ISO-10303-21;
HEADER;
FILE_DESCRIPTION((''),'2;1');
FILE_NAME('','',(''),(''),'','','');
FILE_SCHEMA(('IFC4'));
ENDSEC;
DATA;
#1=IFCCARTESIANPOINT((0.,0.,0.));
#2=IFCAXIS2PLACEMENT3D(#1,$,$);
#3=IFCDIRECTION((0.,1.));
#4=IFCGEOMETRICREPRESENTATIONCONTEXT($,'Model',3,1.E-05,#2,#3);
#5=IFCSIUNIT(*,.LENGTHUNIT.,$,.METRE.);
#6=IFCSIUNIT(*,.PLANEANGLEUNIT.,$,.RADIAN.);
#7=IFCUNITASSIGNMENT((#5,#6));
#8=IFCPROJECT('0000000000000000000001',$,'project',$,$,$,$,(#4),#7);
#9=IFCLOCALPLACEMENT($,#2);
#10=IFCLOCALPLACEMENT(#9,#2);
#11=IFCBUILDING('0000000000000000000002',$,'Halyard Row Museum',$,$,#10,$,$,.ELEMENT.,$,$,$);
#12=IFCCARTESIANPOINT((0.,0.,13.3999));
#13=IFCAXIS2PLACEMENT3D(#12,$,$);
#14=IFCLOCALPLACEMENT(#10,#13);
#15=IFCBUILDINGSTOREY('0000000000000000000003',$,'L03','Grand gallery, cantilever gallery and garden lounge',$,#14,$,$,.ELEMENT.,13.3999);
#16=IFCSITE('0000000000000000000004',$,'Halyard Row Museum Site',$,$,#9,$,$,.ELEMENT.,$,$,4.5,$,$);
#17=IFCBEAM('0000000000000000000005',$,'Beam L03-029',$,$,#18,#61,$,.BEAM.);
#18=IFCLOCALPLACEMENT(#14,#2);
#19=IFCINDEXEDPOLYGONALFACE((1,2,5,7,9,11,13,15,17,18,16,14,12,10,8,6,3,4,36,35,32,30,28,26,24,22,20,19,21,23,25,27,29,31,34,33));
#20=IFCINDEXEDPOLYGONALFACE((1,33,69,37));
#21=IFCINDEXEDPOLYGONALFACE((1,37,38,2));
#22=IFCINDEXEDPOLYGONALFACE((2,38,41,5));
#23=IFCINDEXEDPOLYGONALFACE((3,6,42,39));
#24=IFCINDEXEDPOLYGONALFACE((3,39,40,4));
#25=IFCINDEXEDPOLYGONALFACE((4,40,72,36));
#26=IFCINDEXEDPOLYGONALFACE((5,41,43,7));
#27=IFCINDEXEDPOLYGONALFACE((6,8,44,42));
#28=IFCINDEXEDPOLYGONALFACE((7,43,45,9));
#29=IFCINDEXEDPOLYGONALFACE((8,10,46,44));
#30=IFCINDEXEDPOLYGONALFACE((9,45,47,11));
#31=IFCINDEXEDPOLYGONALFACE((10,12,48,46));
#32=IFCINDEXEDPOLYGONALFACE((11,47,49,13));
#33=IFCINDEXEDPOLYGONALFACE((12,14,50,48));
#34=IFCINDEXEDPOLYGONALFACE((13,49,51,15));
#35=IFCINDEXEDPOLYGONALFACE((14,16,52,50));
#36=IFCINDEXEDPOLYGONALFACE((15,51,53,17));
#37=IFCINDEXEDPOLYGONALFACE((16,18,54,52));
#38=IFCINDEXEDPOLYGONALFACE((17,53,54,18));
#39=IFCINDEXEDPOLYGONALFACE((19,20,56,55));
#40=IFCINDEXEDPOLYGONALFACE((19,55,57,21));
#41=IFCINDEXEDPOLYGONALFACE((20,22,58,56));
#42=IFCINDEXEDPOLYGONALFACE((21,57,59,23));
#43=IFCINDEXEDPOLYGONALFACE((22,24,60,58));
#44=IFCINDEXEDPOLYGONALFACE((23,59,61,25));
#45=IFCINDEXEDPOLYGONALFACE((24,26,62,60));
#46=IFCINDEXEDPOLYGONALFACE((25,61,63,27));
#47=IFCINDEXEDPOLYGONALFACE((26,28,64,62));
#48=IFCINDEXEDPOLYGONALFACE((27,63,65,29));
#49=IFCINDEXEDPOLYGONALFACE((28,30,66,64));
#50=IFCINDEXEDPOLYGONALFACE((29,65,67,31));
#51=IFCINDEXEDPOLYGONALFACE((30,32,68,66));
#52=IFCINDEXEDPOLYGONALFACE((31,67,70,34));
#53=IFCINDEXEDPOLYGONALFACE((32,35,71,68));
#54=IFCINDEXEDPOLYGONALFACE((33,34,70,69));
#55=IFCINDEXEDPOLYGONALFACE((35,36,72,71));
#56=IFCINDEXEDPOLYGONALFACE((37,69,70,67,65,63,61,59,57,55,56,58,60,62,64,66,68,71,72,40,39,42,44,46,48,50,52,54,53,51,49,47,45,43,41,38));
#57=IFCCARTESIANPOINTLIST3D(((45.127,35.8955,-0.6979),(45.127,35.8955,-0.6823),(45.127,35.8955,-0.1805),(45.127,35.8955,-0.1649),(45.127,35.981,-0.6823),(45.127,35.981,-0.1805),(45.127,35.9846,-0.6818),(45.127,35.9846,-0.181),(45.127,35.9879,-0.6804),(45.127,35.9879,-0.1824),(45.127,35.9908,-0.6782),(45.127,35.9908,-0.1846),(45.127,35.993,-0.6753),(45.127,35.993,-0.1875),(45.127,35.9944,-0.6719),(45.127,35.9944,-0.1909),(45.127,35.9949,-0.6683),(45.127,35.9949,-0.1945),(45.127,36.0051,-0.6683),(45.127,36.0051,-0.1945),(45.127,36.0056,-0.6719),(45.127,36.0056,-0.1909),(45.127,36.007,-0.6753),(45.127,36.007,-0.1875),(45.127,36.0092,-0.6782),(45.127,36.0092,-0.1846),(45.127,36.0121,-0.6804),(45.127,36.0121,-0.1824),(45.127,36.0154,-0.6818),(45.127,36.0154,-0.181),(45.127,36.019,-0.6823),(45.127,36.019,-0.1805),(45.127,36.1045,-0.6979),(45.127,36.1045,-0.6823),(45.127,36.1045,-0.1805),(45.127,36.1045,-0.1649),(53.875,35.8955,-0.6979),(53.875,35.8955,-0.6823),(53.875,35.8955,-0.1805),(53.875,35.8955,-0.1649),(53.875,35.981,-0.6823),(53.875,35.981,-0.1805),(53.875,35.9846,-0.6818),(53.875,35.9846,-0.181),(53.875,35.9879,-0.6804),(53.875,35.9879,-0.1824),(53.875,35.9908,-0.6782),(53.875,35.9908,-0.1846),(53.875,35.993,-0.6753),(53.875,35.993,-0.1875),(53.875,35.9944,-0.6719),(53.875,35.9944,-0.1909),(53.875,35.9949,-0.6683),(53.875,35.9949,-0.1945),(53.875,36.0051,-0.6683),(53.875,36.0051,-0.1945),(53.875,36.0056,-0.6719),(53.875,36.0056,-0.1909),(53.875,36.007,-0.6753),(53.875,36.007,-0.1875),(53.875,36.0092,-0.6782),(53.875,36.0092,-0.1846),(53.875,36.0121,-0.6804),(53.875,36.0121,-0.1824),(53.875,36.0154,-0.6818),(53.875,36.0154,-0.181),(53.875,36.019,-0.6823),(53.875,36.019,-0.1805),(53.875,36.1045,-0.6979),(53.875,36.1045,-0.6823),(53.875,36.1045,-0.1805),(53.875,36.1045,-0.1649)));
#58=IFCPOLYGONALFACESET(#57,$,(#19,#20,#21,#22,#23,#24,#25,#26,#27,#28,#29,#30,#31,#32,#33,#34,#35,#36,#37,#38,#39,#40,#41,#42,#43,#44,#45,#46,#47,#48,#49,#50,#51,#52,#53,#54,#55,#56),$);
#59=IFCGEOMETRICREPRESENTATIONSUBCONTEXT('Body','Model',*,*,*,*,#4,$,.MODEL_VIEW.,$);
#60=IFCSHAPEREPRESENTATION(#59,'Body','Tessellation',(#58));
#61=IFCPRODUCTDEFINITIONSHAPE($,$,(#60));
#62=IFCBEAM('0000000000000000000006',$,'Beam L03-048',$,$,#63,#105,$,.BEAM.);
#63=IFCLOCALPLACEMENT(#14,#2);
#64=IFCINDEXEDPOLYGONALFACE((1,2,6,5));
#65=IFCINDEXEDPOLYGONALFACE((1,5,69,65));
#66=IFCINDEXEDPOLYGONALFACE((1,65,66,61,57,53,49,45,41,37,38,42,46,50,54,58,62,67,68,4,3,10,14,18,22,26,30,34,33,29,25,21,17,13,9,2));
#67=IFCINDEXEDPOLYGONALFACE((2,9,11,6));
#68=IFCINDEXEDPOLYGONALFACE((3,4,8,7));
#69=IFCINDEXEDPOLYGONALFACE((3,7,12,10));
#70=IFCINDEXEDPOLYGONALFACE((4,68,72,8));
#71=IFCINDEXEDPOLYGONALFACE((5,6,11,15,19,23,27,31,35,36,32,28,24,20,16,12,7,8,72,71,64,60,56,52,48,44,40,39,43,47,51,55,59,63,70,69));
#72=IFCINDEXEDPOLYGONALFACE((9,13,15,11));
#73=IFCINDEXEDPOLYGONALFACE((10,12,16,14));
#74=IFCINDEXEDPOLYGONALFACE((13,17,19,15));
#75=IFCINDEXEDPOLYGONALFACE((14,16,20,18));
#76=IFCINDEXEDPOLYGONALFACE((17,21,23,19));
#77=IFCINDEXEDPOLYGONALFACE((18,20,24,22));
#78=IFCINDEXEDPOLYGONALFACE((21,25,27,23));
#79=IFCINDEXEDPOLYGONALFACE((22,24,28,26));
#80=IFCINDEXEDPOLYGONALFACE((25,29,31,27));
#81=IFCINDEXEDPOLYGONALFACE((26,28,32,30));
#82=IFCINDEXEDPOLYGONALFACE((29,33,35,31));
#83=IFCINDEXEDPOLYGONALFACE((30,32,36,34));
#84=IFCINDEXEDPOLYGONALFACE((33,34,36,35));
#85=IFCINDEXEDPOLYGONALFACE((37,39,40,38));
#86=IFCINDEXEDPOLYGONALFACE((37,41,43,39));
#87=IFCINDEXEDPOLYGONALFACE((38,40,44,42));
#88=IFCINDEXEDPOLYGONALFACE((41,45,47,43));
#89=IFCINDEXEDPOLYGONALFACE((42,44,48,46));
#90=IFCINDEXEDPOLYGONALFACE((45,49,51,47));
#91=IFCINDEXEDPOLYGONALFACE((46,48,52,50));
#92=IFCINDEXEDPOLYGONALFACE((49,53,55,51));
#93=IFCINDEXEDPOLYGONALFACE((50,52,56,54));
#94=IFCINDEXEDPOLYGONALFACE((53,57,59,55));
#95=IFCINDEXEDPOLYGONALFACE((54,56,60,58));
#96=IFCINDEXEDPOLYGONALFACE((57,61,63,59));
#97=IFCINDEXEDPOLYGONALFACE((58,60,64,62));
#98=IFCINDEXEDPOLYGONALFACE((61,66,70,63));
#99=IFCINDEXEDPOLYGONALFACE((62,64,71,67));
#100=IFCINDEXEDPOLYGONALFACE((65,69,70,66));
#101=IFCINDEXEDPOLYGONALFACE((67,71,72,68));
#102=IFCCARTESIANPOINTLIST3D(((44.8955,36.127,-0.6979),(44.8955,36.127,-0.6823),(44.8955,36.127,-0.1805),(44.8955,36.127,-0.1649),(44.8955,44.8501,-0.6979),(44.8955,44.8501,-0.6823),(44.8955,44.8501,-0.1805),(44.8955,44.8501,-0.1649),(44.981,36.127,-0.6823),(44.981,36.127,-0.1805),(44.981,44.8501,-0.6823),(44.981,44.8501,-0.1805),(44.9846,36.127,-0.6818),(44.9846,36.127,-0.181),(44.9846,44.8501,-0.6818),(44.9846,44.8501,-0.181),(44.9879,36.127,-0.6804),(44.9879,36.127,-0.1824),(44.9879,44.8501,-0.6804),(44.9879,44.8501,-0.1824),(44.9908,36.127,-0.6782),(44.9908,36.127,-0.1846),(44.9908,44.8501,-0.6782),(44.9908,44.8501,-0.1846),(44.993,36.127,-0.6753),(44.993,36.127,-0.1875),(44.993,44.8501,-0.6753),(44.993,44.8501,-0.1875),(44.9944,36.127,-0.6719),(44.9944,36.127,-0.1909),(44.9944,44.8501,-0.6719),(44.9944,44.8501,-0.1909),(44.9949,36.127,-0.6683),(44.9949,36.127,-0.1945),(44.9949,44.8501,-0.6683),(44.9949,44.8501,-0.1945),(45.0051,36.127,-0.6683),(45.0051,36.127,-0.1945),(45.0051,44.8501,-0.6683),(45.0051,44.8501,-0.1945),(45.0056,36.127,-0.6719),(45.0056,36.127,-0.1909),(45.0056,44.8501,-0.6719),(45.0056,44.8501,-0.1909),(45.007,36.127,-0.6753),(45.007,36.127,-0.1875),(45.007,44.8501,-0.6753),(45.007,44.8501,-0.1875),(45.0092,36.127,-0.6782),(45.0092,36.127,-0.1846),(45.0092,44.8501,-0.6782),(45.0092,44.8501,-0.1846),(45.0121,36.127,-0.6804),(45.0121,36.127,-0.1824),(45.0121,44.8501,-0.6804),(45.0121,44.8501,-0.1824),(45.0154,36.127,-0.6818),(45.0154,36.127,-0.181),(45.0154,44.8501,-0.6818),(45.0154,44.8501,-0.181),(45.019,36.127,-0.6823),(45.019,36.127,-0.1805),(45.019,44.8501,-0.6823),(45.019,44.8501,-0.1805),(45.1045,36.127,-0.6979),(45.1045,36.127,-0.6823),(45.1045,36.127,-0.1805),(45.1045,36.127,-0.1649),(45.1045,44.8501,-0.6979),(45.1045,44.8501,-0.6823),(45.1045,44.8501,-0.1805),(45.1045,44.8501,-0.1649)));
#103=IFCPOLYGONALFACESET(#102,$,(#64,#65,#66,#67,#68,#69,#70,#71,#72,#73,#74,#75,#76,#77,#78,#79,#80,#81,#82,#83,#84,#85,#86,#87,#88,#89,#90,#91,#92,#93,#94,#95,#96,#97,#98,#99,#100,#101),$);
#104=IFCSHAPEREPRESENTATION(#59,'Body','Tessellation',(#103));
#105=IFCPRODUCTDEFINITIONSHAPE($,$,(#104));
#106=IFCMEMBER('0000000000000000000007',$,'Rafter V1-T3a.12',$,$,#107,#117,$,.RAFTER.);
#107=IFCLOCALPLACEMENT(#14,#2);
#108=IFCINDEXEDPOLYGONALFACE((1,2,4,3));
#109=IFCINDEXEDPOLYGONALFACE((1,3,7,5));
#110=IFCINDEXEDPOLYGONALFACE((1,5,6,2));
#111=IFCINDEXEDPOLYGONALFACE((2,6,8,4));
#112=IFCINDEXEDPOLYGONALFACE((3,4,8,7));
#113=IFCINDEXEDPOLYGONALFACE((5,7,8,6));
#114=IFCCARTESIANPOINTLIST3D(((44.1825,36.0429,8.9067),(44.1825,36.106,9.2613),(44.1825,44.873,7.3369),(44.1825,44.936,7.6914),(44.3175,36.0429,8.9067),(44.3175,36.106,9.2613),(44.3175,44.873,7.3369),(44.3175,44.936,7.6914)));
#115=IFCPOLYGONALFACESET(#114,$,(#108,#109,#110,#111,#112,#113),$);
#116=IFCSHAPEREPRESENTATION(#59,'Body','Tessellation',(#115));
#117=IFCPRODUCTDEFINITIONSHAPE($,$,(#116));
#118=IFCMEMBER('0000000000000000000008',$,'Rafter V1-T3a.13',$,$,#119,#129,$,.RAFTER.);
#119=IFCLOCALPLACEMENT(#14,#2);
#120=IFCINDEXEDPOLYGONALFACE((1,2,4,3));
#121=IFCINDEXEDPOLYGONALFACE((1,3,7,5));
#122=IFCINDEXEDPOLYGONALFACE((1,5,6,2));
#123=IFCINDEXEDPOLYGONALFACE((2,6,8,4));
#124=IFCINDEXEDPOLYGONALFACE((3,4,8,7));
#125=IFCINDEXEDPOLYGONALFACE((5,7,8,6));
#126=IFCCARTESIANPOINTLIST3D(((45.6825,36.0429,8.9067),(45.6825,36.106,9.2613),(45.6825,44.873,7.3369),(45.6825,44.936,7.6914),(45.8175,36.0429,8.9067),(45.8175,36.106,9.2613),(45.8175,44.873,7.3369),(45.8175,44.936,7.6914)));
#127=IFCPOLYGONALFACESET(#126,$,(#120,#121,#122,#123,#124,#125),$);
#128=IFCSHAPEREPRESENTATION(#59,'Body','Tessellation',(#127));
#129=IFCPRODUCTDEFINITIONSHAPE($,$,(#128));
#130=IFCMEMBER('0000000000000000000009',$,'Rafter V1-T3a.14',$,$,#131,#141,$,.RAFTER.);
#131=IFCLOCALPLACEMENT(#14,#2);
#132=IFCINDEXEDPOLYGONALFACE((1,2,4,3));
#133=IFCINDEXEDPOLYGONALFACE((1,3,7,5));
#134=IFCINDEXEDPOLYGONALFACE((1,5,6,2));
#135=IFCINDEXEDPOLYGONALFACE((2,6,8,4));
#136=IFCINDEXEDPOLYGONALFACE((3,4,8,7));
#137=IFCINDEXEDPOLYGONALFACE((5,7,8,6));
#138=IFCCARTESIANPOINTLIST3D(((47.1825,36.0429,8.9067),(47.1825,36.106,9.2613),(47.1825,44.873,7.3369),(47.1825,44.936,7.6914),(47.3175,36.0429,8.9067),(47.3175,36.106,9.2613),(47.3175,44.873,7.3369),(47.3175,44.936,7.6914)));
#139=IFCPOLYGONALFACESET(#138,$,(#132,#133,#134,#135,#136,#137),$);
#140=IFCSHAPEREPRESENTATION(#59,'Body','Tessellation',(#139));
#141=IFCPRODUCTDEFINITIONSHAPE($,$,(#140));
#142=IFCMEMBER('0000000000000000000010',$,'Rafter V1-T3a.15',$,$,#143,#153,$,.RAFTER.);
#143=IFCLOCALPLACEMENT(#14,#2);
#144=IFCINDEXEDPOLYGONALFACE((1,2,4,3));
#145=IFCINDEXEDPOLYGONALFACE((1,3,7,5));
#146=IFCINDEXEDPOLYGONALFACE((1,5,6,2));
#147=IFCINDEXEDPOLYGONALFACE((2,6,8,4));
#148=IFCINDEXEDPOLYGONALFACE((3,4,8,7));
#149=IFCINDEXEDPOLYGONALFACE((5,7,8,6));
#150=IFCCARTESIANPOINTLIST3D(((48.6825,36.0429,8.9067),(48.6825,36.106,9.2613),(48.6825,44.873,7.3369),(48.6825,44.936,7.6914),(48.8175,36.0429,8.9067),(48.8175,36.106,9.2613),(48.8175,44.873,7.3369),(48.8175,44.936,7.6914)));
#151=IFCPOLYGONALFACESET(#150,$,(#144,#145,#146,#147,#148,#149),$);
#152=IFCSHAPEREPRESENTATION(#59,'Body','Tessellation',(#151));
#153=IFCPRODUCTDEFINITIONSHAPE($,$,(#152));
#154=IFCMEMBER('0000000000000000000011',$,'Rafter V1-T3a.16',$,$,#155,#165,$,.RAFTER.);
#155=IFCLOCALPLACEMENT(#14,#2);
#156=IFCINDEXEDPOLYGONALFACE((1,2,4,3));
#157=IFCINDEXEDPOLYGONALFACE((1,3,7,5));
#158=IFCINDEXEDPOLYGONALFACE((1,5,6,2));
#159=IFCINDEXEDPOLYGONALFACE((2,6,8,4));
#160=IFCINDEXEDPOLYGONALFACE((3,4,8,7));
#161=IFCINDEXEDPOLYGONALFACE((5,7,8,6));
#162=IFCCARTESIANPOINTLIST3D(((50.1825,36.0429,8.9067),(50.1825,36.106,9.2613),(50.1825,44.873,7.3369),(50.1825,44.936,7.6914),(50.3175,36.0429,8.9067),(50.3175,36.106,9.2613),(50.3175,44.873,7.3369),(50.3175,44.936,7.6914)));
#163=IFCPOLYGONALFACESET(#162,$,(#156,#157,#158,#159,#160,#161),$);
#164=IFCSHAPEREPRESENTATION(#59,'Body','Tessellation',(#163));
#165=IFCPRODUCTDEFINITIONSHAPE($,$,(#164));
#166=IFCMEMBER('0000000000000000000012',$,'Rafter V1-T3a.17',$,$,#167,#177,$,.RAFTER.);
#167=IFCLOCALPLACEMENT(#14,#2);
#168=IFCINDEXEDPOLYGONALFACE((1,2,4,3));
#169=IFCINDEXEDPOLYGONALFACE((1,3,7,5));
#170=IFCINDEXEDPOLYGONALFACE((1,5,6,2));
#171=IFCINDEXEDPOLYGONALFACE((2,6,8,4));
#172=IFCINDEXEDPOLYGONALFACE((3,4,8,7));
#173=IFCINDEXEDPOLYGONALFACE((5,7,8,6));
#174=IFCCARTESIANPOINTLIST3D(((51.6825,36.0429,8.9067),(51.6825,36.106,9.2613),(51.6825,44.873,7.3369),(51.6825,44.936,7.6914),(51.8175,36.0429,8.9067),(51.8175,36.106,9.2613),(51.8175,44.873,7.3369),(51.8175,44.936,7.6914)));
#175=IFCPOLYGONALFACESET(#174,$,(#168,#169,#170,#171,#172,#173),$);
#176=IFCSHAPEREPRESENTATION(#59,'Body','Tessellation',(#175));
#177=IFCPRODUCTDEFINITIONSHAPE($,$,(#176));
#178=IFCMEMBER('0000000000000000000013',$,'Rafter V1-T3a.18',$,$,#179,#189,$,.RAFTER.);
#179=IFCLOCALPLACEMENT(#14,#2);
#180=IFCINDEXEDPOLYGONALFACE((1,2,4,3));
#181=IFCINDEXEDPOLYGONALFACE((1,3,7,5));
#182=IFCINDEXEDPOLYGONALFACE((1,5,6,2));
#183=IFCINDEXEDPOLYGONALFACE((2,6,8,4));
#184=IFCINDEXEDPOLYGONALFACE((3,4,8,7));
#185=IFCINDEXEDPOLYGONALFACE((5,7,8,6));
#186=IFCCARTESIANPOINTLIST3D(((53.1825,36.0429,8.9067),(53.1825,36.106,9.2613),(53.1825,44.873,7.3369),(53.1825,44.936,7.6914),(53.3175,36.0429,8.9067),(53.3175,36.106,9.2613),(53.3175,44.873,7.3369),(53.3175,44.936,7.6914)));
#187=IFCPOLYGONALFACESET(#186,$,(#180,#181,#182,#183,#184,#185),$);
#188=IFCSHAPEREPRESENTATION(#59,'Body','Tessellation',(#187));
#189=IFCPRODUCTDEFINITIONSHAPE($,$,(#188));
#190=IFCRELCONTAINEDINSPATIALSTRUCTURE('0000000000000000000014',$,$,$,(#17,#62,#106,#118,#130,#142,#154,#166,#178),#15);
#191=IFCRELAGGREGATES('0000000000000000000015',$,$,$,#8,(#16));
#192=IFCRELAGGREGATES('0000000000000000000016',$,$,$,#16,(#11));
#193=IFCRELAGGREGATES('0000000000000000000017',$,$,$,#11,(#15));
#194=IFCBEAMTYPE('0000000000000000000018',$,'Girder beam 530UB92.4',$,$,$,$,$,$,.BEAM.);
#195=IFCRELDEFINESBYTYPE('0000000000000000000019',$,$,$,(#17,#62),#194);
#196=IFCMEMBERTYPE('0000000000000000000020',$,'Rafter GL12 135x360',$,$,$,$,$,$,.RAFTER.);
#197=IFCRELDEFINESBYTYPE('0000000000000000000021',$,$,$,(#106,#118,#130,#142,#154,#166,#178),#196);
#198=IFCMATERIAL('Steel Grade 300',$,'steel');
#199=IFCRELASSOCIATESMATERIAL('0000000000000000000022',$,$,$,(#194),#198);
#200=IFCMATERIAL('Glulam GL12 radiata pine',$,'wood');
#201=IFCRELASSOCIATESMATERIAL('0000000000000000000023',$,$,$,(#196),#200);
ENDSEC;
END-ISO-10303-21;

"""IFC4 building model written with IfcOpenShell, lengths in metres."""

from ifc_helpers import new_model, si_unit, direction, frame, origin, origin_2d, place, context, subcontext, project, spatial, rectangle, i_section, extrude, material, material_profile, profile_set, type_object, element, save


model = new_model("IFC4")

# Units and contexts
model_context = context("Model", 3, precision=1e-05, world=origin(), true_north=direction((0.0, 1.0)))
body_context = subcontext(model_context, "Body", "Model", "MODEL_VIEW")
ifc_project = project(units=[si_unit("LENGTHUNIT", "METRE"), si_unit("PLANEANGLEUNIT", "RADIAN")], contexts=[model_context])

# Site, building, storey
site_placement = place(None, origin())
site = spatial("IfcSite", under=ifc_project, at=site_placement, Name="Halyard Row Museum Site", CompositionType="ELEMENT", RefElevation=4.5)
building_placement = place(site_placement, origin())
building = spatial("IfcBuilding", under=site, at=building_placement, Name="Halyard Row Museum", CompositionType="ELEMENT")
storey_placement = place(building_placement, frame((0.0, 0.0, 13.3999)))
storey = spatial("IfcBuildingStorey", under=building, at=storey_placement, Name="L03", Description="Grand gallery, cantilever gallery and garden lounge", CompositionType="ELEMENT", Elevation=13.3999)

# Beams
ifc_material_1 = material(Name="Steel Grade 300", Category="steel")
ifc_material_profile_1 = material_profile(ifc_material_1, i_section(OverallWidth=0.209, OverallDepth=0.533, WebThickness=0.0103, FlangeThickness=0.0156, FilletRadius=0.0139, at=origin_2d()), Name="530UB92.4")
ifc_profile_set_1 = profile_set([ifc_material_profile_1], Name="Steel Grade 300")
beam_type_1 = type_object("IfcBeamType", Name="Girder beam 530UB92.4", PredefinedType="BEAM", material=ifc_profile_set_1)
beam_1_placement = place(storey_placement, frame((45.127, 36.0, -0.4314), z_axis=(1.0, 0.0, 0.0), x_axis=(0.0, 1.0, 0.0)))
element("IfcBeam", 1, at=beam_1_placement, inside=storey, type_object=beam_type_1, Name="Beam L03-029", PredefinedType="BEAM", context=body_context, shape_type="SweptSolid", body=[
    extrude(i_section(OverallWidth=0.209, OverallDepth=0.533, WebThickness=0.0103, FlangeThickness=0.0156, FilletRadius=0.0139, at=origin_2d()), origin(), (0.0, 0.0, 1.0), 8.748),
])
beam_2_placement = place(storey_placement, frame((45.0, 36.127, -0.4314), z_axis=(0.0, 1.0, 0.0), x_axis=(-1.0, 0.0, 0.0)))
element("IfcBeam", 2, at=beam_2_placement, inside=storey, type_object=beam_type_1, Name="Beam L03-048", PredefinedType="BEAM", context=body_context, shape_type="SweptSolid", body=[
    extrude(i_section(OverallWidth=0.209, OverallDepth=0.533, WebThickness=0.0103, FlangeThickness=0.0156, FilletRadius=0.0139, at=origin_2d()), origin(), (0.0, 0.0, 1.0), 8.7231),
])

# Members
ifc_material_2 = material(Name="Glulam GL12 radiata pine", Category="wood")
ifc_material_profile_2 = material_profile(ifc_material_2, rectangle(XDim=0.135, YDim=0.3601, at=origin_2d()), Name="GL12 135x360")
ifc_profile_set_2 = profile_set([ifc_material_profile_2], Name="Glulam GL12 radiata pine")
member_type_1 = type_object("IfcMemberType", Name="Rafter GL12 135x360", PredefinedType="RAFTER", material=ifc_profile_set_2)
for number, where, z_axis, x_axis, name in (
    (3, (44.25, 36.0745, 9.084), (0.0, 0.984562, -0.175037), (-1.0, 0.0, 0.0), "Rafter V1-T3a.12"),
    (4, (45.75, 36.0745, 9.084), (0.0, 0.984562, -0.175037), (-1.0, 0.0, 0.0), "Rafter V1-T3a.13"),
    (5, (47.25, 36.0745, 9.084), (0.0, 0.984562, -0.175037), (-1.0, 0.0, 0.0), "Rafter V1-T3a.14"),
    (6, (48.75, 36.0745, 9.084), (0.0, 0.984562, -0.175037), (-1.0, 0.0, 0.0), "Rafter V1-T3a.15"),
    (7, (50.25, 36.0745, 9.084), (0.0, 0.984562, -0.175037), (-1.0, 0.0, 0.0), "Rafter V1-T3a.16"),
    (8, (51.75, 36.0745, 9.084), (0.0, 0.984562, -0.175037), (-1.0, 0.0, 0.0), "Rafter V1-T3a.17"),
    (9, (53.25, 36.0745, 9.084), (0.0, 0.984562, -0.175037), (-1.0, 0.0, 0.0), "Rafter V1-T3a.18"),
):
    element("IfcMember", number, at=place(storey_placement, frame(where, z_axis=z_axis, x_axis=x_axis)), inside=storey, type_object=member_type_1, Name=name, PredefinedType="RAFTER", context=body_context, shape_type="SweptSolid", body=[
        extrude(rectangle(XDim=0.135, YDim=0.3601, at=origin_2d()), origin(), (0.0, 0.0, 1.0), 8.9685),
    ])

save(model, "model.ifc")
